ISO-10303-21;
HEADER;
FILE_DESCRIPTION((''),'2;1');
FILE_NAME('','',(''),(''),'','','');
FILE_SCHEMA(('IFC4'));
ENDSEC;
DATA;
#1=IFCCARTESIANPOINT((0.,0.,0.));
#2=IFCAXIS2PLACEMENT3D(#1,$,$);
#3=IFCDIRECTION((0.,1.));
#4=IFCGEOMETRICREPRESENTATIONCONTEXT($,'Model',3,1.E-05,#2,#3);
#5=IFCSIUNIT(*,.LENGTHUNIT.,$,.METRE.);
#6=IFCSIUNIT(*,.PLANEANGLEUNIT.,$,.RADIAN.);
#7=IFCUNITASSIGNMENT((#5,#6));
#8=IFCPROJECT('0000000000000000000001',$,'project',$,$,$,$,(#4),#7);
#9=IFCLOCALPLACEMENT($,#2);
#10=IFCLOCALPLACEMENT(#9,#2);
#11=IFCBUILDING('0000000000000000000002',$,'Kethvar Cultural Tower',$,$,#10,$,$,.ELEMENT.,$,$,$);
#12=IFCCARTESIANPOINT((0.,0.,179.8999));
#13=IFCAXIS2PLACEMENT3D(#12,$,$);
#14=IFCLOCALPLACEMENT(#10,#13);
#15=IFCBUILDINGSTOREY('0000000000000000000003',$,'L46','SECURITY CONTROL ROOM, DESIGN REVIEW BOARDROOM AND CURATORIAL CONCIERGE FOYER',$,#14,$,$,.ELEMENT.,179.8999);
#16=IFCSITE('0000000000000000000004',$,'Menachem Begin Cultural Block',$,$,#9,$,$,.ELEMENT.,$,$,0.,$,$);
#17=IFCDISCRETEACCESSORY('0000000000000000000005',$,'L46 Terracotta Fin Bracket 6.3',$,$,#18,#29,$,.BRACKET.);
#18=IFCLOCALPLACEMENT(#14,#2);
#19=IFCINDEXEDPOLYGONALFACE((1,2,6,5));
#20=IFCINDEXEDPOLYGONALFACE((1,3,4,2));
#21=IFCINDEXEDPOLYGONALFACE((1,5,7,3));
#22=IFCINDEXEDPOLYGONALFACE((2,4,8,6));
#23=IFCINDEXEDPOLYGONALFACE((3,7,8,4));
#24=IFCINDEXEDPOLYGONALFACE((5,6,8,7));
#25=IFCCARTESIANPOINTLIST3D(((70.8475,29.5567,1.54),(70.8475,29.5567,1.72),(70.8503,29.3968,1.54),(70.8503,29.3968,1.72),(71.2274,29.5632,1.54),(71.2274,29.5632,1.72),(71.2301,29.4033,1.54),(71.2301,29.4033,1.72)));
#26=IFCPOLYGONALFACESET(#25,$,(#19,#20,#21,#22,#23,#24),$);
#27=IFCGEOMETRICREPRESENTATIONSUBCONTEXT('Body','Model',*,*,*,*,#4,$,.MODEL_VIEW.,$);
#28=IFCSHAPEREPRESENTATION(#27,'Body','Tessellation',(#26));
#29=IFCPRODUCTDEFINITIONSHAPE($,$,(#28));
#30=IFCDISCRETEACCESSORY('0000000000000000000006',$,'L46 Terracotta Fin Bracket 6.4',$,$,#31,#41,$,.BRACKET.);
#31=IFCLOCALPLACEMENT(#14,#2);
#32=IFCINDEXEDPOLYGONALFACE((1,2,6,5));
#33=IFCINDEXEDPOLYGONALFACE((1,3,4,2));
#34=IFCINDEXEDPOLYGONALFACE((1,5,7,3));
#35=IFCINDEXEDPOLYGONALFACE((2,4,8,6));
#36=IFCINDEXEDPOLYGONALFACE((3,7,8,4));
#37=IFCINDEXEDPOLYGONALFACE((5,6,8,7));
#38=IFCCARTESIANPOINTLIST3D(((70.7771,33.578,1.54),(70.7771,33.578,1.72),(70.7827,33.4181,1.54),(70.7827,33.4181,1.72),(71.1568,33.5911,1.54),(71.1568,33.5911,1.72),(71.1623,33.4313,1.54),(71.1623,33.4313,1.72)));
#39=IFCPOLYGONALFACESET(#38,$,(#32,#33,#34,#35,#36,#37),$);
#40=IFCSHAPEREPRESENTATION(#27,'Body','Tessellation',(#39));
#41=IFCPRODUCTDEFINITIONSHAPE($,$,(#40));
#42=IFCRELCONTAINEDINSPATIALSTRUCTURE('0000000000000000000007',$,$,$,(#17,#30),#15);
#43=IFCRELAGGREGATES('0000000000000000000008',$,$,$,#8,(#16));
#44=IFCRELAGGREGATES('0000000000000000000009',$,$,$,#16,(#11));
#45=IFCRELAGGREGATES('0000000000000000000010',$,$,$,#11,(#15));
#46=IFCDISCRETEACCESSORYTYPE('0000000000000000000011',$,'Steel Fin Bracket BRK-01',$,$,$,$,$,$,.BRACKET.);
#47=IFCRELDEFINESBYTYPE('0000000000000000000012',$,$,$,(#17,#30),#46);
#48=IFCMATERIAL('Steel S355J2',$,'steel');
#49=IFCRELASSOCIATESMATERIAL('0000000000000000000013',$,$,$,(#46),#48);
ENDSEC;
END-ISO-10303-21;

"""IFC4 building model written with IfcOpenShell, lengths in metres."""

from ifc_helpers import new_model, si_unit, direction, frame, origin, origin_2d, place, context, subcontext, project, spatial, rectangle, extrude, source, transform, mapped, material, type_object, element, save


model = new_model("IFC4")

# Units and contexts
model_context = context("Model", 3, precision=1e-05, world=origin(), true_north=direction((0.0, 1.0)))
body_context = subcontext(model_context, "Body", "Model", "MODEL_VIEW")
ifc_project = project(units=[si_unit("LENGTHUNIT", "METRE"), si_unit("PLANEANGLEUNIT", "RADIAN")], contexts=[model_context])

# Site, building, storey
site_placement = place(None, origin())
site = spatial("IfcSite", under=ifc_project, at=site_placement, Name="Menachem Begin Cultural Block", CompositionType="ELEMENT", RefElevation=0.0)
building_placement = place(site_placement, origin())
building = spatial("IfcBuilding", under=site, at=building_placement, Name="Kethvar Cultural Tower", CompositionType="ELEMENT")
storey_placement = place(building_placement, frame((0.0, 0.0, 179.8999)))
storey = spatial("IfcBuildingStorey", under=building, at=storey_placement, Name="L46", Description="SECURITY CONTROL ROOM, DESIGN REVIEW BOARDROOM AND CURATORIAL CONCIERGE FOYER", CompositionType="ELEMENT", Elevation=179.8999)

# Shared definitions
ifc_material_1 = material(Name="Steel S355J2", Category="steel")

# Discrete accessories
discrete_accessory_type = type_object("IfcDiscreteAccessoryType", Name="Steel Fin Bracket BRK-01", PredefinedType="BRACKET", material=ifc_material_1)
shared_shape_1 = source(origin(), body_context, "Body", "SweptSolid", [
    extrude(rectangle(XDim=0.3799, YDim=0.1599, at=origin_2d()), origin(), (0.0, 0.0, 1.0), 0.1799),
])
for number, where, z_axis, x_axis, name in (
    (1, (71.0388, 29.48, 1.54), (0.0, 0.0, 1.0), (0.999854, 0.017103, 0.0), "L46 Terracotta Fin Bracket 6.3"),
    (2, (70.9697, 33.5046, 1.54), (0.0, 0.0, 1.0), (0.999397, 0.034725, 0.0), "L46 Terracotta Fin Bracket 6.4"),
):
    element("IfcDiscreteAccessory", number, at=place(storey_placement, frame(where, z_axis=z_axis, x_axis=x_axis)), inside=storey, type_object=discrete_accessory_type, Name=name, PredefinedType="BRACKET", context=body_context, shape_type="MappedRepresentation", body=[
        mapped(shared_shape_1, transform((0.0, 0.0, 0.0), scale=1.0)),
    ])

save(model, "model.ifc")
